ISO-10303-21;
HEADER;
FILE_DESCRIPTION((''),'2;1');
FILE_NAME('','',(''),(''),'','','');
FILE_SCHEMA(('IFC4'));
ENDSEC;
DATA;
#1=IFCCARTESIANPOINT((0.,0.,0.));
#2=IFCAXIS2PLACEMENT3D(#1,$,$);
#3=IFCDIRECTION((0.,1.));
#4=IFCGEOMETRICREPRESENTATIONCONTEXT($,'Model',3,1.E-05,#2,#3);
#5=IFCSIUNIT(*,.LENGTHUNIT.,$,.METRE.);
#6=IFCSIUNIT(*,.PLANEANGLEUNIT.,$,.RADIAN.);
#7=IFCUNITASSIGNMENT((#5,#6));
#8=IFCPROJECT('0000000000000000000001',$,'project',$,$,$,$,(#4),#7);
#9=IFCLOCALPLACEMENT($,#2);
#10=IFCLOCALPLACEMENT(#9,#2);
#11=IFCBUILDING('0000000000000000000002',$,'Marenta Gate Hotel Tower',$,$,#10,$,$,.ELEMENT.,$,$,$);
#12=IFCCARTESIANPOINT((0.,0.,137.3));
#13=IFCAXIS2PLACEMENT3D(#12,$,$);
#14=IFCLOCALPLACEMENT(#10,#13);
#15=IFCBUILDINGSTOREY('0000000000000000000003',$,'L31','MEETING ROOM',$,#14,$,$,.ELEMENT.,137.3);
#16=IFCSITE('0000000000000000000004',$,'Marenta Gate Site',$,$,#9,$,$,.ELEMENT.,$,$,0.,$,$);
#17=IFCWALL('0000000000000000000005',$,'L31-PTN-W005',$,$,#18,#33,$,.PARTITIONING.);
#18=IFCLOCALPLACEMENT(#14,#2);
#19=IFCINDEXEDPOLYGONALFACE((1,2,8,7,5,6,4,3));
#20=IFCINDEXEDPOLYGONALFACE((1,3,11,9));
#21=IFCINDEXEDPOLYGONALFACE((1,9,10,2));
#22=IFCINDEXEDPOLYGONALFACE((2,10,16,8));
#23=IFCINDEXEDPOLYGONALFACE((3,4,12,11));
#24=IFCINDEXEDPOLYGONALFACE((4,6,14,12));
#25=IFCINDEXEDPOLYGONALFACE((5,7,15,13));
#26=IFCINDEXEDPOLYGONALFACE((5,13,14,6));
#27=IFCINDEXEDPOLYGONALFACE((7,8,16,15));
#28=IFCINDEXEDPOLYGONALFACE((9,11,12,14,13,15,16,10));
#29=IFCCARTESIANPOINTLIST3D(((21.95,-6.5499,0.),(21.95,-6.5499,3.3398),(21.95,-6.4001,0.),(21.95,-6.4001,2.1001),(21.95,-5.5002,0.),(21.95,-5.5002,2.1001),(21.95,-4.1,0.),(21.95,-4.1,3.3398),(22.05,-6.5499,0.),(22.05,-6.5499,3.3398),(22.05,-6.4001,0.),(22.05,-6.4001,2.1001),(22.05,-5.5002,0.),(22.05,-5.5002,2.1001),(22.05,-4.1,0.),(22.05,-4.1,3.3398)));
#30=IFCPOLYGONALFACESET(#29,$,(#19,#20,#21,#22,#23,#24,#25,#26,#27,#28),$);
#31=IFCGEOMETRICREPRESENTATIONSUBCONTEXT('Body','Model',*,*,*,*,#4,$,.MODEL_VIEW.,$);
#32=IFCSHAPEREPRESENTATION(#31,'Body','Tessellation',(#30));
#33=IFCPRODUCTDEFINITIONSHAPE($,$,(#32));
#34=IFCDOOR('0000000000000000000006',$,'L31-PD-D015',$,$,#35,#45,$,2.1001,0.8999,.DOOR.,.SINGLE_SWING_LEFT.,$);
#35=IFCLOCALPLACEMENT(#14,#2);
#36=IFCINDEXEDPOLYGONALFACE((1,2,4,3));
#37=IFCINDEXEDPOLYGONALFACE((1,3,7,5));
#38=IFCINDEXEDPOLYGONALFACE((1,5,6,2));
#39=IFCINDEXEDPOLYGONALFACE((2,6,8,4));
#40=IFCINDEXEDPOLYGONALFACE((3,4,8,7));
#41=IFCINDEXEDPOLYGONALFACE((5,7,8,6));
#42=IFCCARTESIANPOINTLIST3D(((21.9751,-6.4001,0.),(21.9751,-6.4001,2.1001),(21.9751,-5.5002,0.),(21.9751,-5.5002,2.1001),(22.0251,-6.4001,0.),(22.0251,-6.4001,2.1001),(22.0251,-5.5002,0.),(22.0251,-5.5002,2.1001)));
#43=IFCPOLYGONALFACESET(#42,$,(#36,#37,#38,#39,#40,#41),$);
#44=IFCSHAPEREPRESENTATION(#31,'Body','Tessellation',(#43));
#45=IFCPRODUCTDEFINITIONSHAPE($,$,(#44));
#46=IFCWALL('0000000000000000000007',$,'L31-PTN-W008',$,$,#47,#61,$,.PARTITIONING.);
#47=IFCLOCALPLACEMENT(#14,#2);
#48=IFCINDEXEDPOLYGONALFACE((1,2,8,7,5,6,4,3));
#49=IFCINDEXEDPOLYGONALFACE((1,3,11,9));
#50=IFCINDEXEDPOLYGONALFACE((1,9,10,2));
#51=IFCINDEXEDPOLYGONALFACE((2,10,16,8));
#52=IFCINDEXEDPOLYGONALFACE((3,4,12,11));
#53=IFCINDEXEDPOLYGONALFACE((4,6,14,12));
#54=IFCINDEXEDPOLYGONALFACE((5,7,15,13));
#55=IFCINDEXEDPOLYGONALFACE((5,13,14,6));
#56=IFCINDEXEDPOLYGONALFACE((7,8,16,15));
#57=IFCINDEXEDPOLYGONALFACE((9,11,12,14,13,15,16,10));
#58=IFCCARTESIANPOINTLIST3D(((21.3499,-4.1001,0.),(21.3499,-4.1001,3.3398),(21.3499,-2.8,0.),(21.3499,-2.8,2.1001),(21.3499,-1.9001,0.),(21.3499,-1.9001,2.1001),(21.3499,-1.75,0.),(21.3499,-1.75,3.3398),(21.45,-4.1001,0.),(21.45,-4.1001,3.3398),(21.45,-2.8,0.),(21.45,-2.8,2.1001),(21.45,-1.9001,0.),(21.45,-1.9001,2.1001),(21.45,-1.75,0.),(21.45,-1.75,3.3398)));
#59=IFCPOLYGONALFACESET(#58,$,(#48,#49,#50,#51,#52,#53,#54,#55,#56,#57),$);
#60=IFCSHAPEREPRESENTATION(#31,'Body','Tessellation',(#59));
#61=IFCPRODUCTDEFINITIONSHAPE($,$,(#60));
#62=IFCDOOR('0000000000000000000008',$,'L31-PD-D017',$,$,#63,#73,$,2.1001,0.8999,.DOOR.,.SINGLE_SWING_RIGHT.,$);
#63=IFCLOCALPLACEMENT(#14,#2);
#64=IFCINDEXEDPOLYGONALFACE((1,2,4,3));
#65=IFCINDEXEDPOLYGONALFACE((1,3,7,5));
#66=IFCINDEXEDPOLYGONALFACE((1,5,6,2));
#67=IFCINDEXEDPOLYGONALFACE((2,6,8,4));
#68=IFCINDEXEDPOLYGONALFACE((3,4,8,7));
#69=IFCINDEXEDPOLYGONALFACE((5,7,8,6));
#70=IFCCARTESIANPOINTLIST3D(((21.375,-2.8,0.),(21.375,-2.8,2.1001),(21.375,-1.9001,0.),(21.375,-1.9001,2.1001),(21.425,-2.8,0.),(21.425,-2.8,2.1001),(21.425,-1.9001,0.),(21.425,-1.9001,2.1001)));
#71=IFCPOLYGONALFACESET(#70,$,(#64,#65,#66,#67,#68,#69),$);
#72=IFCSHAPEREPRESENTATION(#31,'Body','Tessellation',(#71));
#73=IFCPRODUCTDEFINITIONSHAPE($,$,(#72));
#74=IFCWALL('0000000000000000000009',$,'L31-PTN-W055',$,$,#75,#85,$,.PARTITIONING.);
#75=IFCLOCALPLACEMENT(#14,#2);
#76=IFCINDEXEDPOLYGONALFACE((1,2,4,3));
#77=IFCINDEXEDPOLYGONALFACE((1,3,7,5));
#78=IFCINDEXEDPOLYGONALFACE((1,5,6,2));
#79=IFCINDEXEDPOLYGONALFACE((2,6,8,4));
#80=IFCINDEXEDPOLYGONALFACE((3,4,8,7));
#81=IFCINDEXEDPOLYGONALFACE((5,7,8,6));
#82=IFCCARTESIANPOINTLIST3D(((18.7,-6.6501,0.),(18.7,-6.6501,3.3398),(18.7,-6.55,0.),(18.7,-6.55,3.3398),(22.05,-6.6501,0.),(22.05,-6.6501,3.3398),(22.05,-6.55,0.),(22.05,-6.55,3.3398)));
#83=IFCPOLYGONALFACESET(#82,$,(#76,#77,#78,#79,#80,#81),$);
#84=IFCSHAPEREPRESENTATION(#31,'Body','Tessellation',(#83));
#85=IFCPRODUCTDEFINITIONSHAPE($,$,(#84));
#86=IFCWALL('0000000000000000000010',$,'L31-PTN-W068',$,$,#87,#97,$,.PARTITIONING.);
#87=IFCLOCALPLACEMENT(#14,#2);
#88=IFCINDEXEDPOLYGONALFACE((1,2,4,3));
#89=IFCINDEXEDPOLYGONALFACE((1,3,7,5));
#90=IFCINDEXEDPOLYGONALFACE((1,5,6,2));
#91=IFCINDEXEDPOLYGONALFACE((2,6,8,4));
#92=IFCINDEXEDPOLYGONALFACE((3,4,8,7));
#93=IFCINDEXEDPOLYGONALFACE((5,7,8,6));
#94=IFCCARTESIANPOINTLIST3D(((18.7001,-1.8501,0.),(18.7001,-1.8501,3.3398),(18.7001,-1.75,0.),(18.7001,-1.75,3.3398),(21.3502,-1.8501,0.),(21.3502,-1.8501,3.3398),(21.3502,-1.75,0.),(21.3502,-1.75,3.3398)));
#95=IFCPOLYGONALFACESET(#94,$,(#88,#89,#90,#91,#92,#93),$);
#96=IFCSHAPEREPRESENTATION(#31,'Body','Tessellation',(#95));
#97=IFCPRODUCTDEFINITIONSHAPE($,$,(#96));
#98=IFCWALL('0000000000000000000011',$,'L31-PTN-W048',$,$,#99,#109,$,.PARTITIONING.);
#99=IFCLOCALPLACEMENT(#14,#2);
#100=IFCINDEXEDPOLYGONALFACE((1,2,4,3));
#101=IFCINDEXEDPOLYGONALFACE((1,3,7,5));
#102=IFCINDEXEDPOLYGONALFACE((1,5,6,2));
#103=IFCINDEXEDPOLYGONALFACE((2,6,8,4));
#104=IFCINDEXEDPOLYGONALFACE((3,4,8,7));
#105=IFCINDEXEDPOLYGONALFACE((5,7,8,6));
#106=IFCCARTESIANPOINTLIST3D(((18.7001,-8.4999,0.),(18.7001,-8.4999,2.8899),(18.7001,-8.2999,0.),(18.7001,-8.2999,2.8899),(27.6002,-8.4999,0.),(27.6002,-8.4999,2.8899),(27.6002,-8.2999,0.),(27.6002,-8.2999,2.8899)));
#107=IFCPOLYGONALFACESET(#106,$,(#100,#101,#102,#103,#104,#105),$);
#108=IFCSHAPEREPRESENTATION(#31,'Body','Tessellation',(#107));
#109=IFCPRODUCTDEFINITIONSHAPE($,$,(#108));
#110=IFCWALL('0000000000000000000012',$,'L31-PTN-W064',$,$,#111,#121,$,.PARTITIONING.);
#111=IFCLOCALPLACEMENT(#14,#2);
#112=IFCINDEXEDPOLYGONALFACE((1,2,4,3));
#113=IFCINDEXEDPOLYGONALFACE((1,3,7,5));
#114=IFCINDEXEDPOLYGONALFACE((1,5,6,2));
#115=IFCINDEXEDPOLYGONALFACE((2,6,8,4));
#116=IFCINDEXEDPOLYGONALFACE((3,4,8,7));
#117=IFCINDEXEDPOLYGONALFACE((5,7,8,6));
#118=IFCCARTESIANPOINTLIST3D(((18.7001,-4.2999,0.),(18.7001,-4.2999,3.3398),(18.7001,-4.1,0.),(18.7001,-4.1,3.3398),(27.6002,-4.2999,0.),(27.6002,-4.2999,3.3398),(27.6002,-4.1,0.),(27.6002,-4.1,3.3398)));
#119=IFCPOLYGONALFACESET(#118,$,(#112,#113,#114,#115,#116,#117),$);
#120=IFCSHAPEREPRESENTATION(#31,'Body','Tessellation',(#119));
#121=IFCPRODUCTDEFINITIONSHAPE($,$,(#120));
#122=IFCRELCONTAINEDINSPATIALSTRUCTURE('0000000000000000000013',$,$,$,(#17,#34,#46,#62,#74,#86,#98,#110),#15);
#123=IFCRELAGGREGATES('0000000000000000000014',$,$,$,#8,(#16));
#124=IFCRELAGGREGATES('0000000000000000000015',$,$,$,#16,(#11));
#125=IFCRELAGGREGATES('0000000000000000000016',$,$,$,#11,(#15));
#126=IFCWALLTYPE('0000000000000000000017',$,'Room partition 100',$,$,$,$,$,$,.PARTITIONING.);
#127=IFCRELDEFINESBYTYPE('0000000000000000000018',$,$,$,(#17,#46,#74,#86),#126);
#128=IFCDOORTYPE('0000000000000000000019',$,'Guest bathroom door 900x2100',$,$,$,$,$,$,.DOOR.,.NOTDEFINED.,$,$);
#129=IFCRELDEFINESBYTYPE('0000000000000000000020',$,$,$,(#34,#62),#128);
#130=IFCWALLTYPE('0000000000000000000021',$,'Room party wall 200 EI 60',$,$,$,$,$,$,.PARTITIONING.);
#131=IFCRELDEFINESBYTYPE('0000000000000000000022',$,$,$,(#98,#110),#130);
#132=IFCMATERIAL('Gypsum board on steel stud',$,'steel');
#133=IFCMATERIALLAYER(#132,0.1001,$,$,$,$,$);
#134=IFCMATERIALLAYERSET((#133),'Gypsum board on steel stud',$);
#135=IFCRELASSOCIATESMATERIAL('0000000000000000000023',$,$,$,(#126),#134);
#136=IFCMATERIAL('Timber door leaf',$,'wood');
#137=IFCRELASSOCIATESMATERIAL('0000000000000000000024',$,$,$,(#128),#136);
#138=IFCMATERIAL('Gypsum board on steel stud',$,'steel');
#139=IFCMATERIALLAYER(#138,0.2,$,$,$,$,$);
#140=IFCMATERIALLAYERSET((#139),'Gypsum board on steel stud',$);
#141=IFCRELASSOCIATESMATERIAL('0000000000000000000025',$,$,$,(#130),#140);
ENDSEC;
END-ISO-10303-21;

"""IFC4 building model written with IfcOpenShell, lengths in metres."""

from ifc_helpers import new_model, si_unit, direction, frame, frame_2d, origin, place, context, subcontext, project, spatial, rectangle, extrude, material, layer, layer_set, type_object, element, fill, save


model = new_model("IFC4")

# Units and contexts
model_context = context("Model", 3, precision=1e-05, world=origin(), true_north=direction((0.0, 1.0)))
body_context = subcontext(model_context, "Body", "Model", "MODEL_VIEW")
ifc_project = project(units=[si_unit("LENGTHUNIT", "METRE"), si_unit("PLANEANGLEUNIT", "RADIAN")], contexts=[model_context])

# Site, building, storey
site_placement = place(None, origin())
site = spatial("IfcSite", under=ifc_project, at=site_placement, Name="Marenta Gate Site", CompositionType="ELEMENT", RefElevation=0.0)
building_placement = place(site_placement, origin())
building = spatial("IfcBuilding", under=site, at=building_placement, Name="Marenta Gate Hotel Tower", CompositionType="ELEMENT")
storey_placement = place(building_placement, frame((0.0, 0.0, 137.3)))
storey = spatial("IfcBuildingStorey", under=building, at=storey_placement, Name="L31", Description="MEETING ROOM", CompositionType="ELEMENT", Elevation=137.3)

# Walls, openings, doors
ifc_material_1 = material(Name="Gypsum board on steel stud", Category="steel")
ifc_layer_1 = layer(ifc_material_1, 0.1001)
ifc_layer_set_1 = layer_set([ifc_layer_1], Name="Gypsum board on steel stud")
wall_type_1 = type_object("IfcWallType", Name="Room partition 100", PredefinedType="PARTITIONING", material=ifc_layer_set_1)
wall_1_placement = place(storey_placement, frame((22.0, -6.55, 0.0), z_axis=(0.0, 0.0, 1.0), x_axis=(0.0, 1.0, 0.0)))
wall_1 = element("IfcWall", 1, at=wall_1_placement, inside=storey, type_object=wall_type_1, Name="L31-PTN-W005", PredefinedType="PARTITIONING", context=body_context, shape_type="SweptSolid", body=[
    extrude(rectangle(XDim=2.45, YDim=0.1001, at=frame_2d((1.2251, 0.0))), origin(), (0.0, 0.0, 1.0), 3.3398),
])
opening_1_placement = place(wall_1_placement, frame((0.1499, 0.0, 0.0)))
opening_1 = element("IfcOpeningElement", 2, at=opening_1_placement, cuts=wall_1, PredefinedType="OPENING", context=body_context, shape_type="SweptSolid", body=[
    extrude(rectangle(XDim=0.8999, YDim=2.1001, at=frame_2d((0.45, 1.05))), frame((0.0, 0.05, 0.0), z_axis=(0.0, -1.0, 0.0), x_axis=(1.0, 0.0, 0.0)), (0.0, 0.0, 1.0), 0.1001),
])
ifc_material_2 = material(Name="Timber door leaf", Category="wood")
door_type_1 = type_object("IfcDoorType", Name="Guest bathroom door 900x2100", OperationType="NOTDEFINED", PredefinedType="DOOR", material=ifc_material_2)
door_1_placement = place(opening_1_placement, origin())
door_1 = element("IfcDoor", 3, at=door_1_placement, inside=storey, type_object=door_type_1, Name="L31-PD-D015", OperationType="SINGLE_SWING_LEFT", OverallHeight=2.1001, OverallWidth=0.8999, PredefinedType="DOOR", context=body_context, shape_type="SweptSolid", body=[
    extrude(rectangle(XDim=0.8999, YDim=2.1001, at=frame_2d((0.45, 1.05))), frame((0.0, 0.0249, 0.0), z_axis=(0.0, -1.0, 0.0), x_axis=(1.0, 0.0, 0.0)), (0.0, 0.0, 1.0), 0.05),
])
fill(opening_1, door_1)
wall_2_placement = place(storey_placement, frame((21.3999, -4.1001, 0.0), z_axis=(0.0, 0.0, 1.0), x_axis=(0.0, 1.0, 0.0)))
wall_2 = element("IfcWall", 4, at=wall_2_placement, inside=storey, type_object=wall_type_1, Name="L31-PTN-W008", PredefinedType="PARTITIONING", context=body_context, shape_type="SweptSolid", body=[
    extrude(rectangle(XDim=2.3501, YDim=0.1001, at=frame_2d((1.175, 0.0))), origin(), (0.0, 0.0, 1.0), 3.3398),
])
opening_2_placement = place(wall_2_placement, frame((1.3, 0.0, 0.0)))
opening_2 = element("IfcOpeningElement", 5, at=opening_2_placement, cuts=wall_2, PredefinedType="OPENING", context=body_context, shape_type="SweptSolid", body=[
    extrude(rectangle(XDim=0.8999, YDim=2.1001, at=frame_2d((0.45, 1.05))), frame((0.0, 0.05, 0.0), z_axis=(0.0, -1.0, 0.0), x_axis=(1.0, 0.0, 0.0)), (0.0, 0.0, 1.0), 0.1001),
])
door_2_placement = place(opening_2_placement, origin())
door_2 = element("IfcDoor", 6, at=door_2_placement, inside=storey, type_object=door_type_1, Name="L31-PD-D017", OperationType="SINGLE_SWING_RIGHT", OverallHeight=2.1001, OverallWidth=0.8999, PredefinedType="DOOR", context=body_context, shape_type="SweptSolid", body=[
    extrude(rectangle(XDim=0.8999, YDim=2.1001, at=frame_2d((0.45, 1.05))), frame((0.0, 0.0249, 0.0), z_axis=(0.0, -1.0, 0.0), x_axis=(1.0, 0.0, 0.0)), (0.0, 0.0, 1.0), 0.05),
])
fill(opening_2, door_2)

# Walls
wall_3_placement = place(storey_placement, frame((18.7, -6.6001, 0.0), z_axis=(0.0, 0.0, 1.0), x_axis=(1.0, 0.0, 0.0)))
element("IfcWall", 7, at=wall_3_placement, inside=storey, type_object=wall_type_1, Name="L31-PTN-W055", PredefinedType="PARTITIONING", context=body_context, shape_type="SweptSolid", body=[
    extrude(rectangle(XDim=3.3501, YDim=0.1001, at=frame_2d((1.675, 0.0))), origin(), (0.0, 0.0, 1.0), 3.3398),
])
wall_4_placement = place(storey_placement, frame((18.7, -1.8, 0.0), z_axis=(0.0, 0.0, 1.0), x_axis=(1.0, 0.0, 0.0)))
element("IfcWall", 8, at=wall_4_placement, inside=storey, type_object=wall_type_1, Name="L31-PTN-W068", PredefinedType="PARTITIONING", context=body_context, shape_type="SweptSolid", body=[
    extrude(rectangle(XDim=2.6501, YDim=0.1001, at=frame_2d((1.3252, 0.0))), origin(), (0.0, 0.0, 1.0), 3.3398),
])
ifc_material_3 = material(Name="Gypsum board on steel stud", Category="steel")
ifc_layer_2 = layer(ifc_material_3, 0.2)
ifc_layer_set_2 = layer_set([ifc_layer_2], Name="Gypsum board on steel stud")
wall_type_2 = type_object("IfcWallType", Name="Room party wall 200 EI 60", PredefinedType="PARTITIONING", material=ifc_layer_set_2)
wall_5_placement = place(storey_placement, frame((18.7, -8.3999, 0.0), z_axis=(0.0, 0.0, 1.0), x_axis=(1.0, 0.0, 0.0)))
element("IfcWall", 9, at=wall_5_placement, inside=storey, type_object=wall_type_2, Name="L31-PTN-W048", PredefinedType="PARTITIONING", context=body_context, shape_type="SweptSolid", body=[
    extrude(rectangle(XDim=8.9001, YDim=0.2, at=frame_2d((4.4502, 0.0))), origin(), (0.0, 0.0, 1.0), 2.8899),
])
wall_6_placement = place(storey_placement, frame((18.7, -4.2, 0.0), z_axis=(0.0, 0.0, 1.0), x_axis=(1.0, 0.0, 0.0)))
element("IfcWall", 10, at=wall_6_placement, inside=storey, type_object=wall_type_2, Name="L31-PTN-W064", PredefinedType="PARTITIONING", context=body_context, shape_type="SweptSolid", body=[
    extrude(rectangle(XDim=8.9001, YDim=0.2, at=frame_2d((4.4502, 0.0))), origin(), (0.0, 0.0, 1.0), 3.3398),
])

save(model, "model.ifc")
